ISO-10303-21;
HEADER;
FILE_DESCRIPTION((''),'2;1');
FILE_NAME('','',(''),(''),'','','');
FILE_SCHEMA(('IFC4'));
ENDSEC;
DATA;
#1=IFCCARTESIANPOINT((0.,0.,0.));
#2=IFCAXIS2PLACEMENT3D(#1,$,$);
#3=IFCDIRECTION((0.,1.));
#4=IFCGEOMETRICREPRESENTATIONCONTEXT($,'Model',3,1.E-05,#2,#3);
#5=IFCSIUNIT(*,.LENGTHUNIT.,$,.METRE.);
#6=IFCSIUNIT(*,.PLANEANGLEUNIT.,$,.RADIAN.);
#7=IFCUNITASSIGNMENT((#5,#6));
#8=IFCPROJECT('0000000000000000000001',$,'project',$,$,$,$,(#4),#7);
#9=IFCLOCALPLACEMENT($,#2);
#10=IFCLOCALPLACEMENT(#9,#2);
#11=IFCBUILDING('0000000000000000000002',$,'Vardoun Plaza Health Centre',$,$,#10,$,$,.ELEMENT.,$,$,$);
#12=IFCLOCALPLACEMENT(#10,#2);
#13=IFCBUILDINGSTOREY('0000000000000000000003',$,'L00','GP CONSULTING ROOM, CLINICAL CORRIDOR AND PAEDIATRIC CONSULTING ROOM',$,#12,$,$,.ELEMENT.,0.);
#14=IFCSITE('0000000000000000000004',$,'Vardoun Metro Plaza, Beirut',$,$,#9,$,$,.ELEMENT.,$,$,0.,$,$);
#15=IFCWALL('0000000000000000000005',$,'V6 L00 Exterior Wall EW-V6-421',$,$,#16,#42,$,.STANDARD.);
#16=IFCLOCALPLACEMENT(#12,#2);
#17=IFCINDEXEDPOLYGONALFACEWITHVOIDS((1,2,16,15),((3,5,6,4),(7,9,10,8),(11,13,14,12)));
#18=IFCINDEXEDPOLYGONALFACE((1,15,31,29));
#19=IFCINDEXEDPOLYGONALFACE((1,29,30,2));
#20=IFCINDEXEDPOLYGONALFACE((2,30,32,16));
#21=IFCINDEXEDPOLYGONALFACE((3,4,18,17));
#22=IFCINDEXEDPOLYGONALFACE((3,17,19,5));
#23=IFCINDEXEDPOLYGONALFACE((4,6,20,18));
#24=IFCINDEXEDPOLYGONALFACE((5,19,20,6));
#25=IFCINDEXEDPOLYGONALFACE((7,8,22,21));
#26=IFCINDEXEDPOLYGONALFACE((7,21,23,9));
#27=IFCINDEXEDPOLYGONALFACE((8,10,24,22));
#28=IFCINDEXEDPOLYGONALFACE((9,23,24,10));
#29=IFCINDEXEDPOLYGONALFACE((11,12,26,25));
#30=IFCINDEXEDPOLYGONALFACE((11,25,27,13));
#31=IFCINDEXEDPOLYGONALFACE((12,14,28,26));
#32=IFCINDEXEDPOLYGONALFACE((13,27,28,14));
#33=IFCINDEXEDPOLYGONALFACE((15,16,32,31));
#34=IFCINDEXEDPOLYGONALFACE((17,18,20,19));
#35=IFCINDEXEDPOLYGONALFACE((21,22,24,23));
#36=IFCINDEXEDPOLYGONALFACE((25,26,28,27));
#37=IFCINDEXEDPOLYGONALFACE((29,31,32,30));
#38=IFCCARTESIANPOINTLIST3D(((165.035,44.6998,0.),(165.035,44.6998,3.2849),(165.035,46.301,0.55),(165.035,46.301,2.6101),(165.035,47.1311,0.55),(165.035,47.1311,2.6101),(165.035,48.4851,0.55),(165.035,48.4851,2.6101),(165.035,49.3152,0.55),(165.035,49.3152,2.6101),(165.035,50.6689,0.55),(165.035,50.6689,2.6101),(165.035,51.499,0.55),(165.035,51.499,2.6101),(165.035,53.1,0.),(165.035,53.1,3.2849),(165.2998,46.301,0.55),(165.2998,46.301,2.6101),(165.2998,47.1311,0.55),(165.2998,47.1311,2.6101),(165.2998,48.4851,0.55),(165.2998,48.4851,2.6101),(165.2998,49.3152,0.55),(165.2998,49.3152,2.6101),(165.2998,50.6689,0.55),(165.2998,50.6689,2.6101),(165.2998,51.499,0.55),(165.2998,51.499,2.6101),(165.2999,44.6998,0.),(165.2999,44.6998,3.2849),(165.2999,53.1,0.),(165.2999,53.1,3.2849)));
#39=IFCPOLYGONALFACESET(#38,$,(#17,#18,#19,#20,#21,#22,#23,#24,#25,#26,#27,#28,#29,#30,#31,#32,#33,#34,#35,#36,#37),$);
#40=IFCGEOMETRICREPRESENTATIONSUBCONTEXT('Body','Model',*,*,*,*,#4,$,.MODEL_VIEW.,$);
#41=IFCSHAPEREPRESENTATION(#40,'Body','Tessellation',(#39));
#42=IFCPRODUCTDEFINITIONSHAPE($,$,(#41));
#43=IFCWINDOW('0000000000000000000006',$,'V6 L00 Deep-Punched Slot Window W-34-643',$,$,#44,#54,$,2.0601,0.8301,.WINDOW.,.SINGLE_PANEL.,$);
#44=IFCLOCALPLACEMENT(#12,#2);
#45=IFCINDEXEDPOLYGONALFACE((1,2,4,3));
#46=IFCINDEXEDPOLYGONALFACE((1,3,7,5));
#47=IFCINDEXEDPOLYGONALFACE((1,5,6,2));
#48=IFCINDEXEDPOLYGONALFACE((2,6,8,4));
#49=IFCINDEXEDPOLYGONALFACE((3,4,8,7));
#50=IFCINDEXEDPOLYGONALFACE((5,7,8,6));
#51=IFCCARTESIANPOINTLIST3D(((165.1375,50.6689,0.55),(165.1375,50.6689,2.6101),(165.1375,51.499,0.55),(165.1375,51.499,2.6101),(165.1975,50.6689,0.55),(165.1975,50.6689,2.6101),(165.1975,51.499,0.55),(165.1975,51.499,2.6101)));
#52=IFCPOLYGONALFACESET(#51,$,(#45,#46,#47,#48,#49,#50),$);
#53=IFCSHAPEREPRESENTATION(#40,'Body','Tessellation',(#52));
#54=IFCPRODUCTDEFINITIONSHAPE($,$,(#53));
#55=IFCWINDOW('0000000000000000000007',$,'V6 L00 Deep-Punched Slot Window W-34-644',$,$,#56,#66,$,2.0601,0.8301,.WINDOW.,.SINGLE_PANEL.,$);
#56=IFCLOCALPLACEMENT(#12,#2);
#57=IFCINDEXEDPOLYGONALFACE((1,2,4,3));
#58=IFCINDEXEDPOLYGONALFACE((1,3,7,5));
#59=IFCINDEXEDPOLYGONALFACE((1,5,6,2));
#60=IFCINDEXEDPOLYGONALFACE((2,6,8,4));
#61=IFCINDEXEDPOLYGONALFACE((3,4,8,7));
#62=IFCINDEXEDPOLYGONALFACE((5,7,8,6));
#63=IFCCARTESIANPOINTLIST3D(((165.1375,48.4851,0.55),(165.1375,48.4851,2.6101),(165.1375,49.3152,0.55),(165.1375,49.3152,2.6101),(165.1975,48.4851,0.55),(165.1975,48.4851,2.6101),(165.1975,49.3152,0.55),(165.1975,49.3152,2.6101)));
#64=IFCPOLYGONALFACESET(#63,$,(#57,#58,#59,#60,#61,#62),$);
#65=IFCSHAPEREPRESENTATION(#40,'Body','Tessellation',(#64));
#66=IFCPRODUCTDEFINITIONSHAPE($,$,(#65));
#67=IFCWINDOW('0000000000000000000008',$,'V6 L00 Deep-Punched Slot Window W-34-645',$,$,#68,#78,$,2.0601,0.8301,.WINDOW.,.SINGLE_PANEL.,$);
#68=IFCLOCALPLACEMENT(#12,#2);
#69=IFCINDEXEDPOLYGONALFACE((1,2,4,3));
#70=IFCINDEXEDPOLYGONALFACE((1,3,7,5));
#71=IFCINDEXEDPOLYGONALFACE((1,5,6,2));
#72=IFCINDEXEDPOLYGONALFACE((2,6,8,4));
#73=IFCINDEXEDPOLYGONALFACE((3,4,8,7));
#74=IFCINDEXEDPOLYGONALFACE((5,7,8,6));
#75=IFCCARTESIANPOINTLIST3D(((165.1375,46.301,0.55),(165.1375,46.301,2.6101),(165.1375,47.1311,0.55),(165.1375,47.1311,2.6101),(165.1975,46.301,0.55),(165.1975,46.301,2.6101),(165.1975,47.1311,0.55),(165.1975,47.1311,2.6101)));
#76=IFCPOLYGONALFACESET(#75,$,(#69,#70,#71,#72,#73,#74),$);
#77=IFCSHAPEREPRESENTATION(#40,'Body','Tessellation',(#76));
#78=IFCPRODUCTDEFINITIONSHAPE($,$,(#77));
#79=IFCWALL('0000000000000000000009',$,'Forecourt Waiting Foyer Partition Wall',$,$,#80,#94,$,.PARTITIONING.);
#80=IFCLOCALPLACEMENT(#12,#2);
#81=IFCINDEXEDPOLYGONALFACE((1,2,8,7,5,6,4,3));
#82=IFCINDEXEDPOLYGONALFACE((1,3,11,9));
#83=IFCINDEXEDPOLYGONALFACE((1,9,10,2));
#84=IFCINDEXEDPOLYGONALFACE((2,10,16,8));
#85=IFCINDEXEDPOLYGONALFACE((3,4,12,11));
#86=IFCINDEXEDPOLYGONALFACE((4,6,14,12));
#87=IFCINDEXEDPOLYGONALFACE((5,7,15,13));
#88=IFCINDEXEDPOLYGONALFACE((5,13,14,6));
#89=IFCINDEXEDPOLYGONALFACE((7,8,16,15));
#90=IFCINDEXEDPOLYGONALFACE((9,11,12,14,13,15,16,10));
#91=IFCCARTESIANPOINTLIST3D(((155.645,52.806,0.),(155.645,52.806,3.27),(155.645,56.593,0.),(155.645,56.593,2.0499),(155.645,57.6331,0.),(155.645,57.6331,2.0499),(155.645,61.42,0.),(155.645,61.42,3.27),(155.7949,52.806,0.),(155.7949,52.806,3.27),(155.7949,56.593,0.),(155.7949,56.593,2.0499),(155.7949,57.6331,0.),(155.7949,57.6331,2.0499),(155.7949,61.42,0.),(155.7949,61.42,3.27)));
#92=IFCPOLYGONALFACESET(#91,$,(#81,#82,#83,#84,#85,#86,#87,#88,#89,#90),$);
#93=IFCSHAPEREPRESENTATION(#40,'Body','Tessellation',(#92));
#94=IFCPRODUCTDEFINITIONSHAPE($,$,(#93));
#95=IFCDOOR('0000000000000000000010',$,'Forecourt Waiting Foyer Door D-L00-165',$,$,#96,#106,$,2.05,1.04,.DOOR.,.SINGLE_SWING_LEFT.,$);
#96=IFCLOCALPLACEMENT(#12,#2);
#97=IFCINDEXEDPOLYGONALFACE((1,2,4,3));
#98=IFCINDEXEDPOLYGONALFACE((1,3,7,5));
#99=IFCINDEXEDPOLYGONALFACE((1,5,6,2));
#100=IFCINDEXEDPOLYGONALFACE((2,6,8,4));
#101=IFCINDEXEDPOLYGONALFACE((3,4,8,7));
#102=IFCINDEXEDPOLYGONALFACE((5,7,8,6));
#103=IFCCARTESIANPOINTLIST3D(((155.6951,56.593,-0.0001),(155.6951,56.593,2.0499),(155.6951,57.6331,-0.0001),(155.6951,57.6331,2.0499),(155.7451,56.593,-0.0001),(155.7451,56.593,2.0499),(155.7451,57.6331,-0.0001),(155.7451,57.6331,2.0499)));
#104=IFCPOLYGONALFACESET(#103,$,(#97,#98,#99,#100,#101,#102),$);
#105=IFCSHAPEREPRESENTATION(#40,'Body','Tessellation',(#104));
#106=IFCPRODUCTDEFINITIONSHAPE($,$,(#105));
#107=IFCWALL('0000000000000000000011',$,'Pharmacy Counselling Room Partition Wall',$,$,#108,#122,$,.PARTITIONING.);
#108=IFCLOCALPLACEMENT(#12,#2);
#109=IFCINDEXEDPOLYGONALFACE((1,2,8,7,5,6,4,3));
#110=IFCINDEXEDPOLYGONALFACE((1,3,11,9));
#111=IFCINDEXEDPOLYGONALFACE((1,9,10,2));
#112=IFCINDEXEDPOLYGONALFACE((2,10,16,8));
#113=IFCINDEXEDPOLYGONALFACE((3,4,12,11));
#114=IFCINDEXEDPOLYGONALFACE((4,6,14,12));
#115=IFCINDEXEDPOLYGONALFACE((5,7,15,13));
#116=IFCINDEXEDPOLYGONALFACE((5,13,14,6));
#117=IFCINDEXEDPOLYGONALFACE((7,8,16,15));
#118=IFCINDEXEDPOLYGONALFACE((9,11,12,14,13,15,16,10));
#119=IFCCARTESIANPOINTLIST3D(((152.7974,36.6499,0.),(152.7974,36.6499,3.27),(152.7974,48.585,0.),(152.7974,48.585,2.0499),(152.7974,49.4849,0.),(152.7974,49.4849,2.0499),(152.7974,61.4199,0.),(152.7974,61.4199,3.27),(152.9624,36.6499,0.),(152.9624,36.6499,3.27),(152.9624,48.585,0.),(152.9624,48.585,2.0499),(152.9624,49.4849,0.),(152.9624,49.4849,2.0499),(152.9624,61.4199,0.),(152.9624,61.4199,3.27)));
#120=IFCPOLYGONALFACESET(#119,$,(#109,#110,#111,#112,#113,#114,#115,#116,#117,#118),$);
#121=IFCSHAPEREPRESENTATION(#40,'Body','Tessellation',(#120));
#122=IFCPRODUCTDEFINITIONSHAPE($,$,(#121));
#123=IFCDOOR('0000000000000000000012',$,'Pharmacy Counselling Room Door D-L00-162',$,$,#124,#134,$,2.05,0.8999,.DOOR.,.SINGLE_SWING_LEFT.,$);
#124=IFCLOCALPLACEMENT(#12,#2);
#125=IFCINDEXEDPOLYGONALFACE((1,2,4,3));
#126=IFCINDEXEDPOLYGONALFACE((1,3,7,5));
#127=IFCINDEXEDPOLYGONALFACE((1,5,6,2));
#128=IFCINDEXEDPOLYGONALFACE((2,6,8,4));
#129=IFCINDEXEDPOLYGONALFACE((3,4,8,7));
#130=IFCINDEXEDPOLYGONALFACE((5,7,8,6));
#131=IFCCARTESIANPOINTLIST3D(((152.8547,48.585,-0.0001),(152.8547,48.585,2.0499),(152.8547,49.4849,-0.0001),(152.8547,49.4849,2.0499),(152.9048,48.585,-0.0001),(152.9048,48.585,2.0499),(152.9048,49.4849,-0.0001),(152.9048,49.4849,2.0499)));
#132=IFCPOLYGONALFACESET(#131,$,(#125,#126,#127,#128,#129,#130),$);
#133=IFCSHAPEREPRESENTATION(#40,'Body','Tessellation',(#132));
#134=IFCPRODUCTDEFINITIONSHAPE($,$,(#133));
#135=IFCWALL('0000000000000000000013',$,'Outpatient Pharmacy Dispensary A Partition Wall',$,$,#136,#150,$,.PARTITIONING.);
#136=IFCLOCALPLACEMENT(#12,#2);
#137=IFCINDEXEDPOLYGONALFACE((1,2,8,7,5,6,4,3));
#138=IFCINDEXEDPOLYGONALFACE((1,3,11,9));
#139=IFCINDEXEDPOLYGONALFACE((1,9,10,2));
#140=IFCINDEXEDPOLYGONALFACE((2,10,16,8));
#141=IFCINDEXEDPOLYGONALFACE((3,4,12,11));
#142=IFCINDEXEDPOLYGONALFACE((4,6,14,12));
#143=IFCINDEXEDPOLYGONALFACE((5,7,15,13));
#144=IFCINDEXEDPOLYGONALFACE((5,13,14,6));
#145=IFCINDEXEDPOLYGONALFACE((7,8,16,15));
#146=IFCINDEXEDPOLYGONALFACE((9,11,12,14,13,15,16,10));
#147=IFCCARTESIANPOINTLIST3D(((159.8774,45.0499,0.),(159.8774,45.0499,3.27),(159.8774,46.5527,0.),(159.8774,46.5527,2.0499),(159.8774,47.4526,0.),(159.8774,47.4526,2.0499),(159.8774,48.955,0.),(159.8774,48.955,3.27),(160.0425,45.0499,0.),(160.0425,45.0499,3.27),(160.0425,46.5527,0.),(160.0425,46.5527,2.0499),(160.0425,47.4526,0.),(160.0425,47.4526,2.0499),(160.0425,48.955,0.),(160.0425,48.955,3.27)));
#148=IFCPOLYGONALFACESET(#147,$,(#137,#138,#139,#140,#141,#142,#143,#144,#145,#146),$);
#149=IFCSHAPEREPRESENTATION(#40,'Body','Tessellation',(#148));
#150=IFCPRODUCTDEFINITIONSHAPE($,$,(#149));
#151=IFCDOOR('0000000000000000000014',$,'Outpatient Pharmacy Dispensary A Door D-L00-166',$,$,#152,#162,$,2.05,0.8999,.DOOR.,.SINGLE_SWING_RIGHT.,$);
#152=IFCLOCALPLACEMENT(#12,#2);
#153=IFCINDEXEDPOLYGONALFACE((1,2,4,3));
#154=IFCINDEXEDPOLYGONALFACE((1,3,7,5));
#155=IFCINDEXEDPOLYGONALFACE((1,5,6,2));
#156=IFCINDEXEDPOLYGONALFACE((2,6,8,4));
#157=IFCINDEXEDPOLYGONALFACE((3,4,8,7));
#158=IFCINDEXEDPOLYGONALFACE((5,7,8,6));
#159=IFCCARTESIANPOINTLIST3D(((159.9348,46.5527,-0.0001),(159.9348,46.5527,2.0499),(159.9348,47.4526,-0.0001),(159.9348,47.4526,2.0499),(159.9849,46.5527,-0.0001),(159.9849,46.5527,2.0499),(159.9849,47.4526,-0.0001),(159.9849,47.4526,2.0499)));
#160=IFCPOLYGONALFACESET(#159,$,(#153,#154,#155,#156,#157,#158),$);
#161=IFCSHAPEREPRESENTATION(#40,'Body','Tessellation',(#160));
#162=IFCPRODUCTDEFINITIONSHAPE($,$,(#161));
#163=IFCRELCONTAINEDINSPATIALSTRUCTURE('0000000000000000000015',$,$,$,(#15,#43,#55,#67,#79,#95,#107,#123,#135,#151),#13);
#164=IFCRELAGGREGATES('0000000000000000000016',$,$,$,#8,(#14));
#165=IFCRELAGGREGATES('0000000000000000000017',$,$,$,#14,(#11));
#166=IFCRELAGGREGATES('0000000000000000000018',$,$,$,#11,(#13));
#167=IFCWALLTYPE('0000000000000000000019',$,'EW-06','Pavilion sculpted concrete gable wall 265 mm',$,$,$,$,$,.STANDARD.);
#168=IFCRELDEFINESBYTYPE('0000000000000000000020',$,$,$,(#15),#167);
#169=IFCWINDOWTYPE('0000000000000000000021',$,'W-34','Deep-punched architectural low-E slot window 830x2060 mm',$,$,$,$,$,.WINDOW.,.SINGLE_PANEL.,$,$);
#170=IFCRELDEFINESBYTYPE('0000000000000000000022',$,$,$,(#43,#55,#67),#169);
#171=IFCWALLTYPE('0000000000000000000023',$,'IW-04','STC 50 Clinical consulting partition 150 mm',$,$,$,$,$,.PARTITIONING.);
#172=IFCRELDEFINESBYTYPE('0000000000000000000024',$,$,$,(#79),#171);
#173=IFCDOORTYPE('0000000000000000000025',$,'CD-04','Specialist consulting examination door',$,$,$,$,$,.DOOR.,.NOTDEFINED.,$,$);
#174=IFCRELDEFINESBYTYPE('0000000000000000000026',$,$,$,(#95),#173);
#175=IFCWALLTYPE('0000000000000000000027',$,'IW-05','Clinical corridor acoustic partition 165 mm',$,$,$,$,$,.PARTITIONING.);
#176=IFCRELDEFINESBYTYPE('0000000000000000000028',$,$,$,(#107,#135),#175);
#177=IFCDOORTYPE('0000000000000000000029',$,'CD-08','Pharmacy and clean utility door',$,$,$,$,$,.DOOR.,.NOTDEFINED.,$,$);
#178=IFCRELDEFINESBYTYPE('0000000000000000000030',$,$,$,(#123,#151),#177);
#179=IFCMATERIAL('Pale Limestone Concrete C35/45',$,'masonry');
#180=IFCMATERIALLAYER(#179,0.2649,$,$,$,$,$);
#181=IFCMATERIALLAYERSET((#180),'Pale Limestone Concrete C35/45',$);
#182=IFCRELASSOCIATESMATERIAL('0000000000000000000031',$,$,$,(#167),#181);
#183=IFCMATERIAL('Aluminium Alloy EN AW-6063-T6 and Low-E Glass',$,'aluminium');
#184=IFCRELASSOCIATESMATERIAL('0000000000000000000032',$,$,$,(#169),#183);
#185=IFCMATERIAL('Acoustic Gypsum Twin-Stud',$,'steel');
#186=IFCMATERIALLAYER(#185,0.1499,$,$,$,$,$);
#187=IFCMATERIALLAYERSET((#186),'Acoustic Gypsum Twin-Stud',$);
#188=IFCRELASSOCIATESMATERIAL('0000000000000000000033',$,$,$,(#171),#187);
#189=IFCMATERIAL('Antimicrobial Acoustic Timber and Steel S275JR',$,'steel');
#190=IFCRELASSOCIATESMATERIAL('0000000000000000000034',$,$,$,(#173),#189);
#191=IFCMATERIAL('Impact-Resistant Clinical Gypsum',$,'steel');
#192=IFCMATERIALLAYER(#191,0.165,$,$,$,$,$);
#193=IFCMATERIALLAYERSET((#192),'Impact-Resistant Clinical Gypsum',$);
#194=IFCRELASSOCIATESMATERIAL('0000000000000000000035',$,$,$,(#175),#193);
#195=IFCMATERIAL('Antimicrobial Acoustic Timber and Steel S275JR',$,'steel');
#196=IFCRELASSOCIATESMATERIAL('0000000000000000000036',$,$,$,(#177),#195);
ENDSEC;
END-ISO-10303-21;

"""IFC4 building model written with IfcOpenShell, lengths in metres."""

from ifc_helpers import new_model, si_unit, direction, frame, frame_2d, origin, place, context, subcontext, project, spatial, rectangle, extrude, material, layer, layer_set, type_object, element, fill, save


model = new_model("IFC4")

# Units and contexts
model_context = context("Model", 3, precision=1e-05, world=origin(), true_north=direction((0.0, 1.0)))
body_context = subcontext(model_context, "Body", "Model", "MODEL_VIEW")
ifc_project = project(units=[si_unit("LENGTHUNIT", "METRE"), si_unit("PLANEANGLEUNIT", "RADIAN")], contexts=[model_context])

# Site, building, storey
site_placement = place(None, origin())
site = spatial("IfcSite", under=ifc_project, at=site_placement, Name="Vardoun Metro Plaza, Beirut", CompositionType="ELEMENT", RefElevation=0.0)
building_placement = place(site_placement, origin())
building = spatial("IfcBuilding", under=site, at=building_placement, Name="Vardoun Plaza Health Centre", CompositionType="ELEMENT")
storey_placement = place(building_placement, origin())
storey = spatial("IfcBuildingStorey", under=building, at=storey_placement, Name="L00", Description="GP CONSULTING ROOM, CLINICAL CORRIDOR AND PAEDIATRIC CONSULTING ROOM", CompositionType="ELEMENT", Elevation=0.0)

# Wall, openings, windows
ifc_material_1 = material(Name="Pale Limestone Concrete C35/45", Category="masonry")
ifc_layer_1 = layer(ifc_material_1, 0.2649)
ifc_layer_set_1 = layer_set([ifc_layer_1], Name="Pale Limestone Concrete C35/45")
wall_type_1 = type_object("IfcWallType", Name="EW-06", Description="Pavilion sculpted concrete gable wall 265 mm", PredefinedType="STANDARD", material=ifc_layer_set_1)
wall_1_placement = place(storey_placement, frame((165.1675, 53.1001, 0.0), z_axis=(0.0, 0.0, 1.0), x_axis=(0.0, -1.0, 0.0)))
wall_1 = element("IfcWall", 1, at=wall_1_placement, inside=storey, type_object=wall_type_1, Name="V6 L00 Exterior Wall EW-V6-421", PredefinedType="STANDARD", context=body_context, shape_type="SweptSolid", body=[
    extrude(rectangle(XDim=8.4001, YDim=0.2649, at=frame_2d((4.2002, 0.0))), origin(), (0.0, 0.0, 1.0), 3.2849),
])
opening_1_placement = place(wall_1_placement, frame((1.6011, 0.0, 0.55)))
opening_1 = element("IfcOpeningElement", 2, at=opening_1_placement, cuts=wall_1, PredefinedType="OPENING", context=body_context, shape_type="SweptSolid", body=[
    extrude(rectangle(XDim=0.8301, YDim=2.0601, at=frame_2d((0.415, 1.03))), frame((0.0, 0.1323, 0.0), z_axis=(0.0, -1.0, 0.0), x_axis=(1.0, 0.0, 0.0)), (0.0, 0.0, 1.0), 0.2649),
])
opening_2_placement = place(wall_1_placement, frame((3.7849, 0.0, 0.55)))
opening_2 = element("IfcOpeningElement", 3, at=opening_2_placement, cuts=wall_1, PredefinedType="OPENING", context=body_context, shape_type="SweptSolid", body=[
    extrude(rectangle(XDim=0.8301, YDim=2.0601, at=frame_2d((0.415, 1.03))), frame((0.0, 0.1323, 0.0), z_axis=(0.0, -1.0, 0.0), x_axis=(1.0, 0.0, 0.0)), (0.0, 0.0, 1.0), 0.2649),
])
opening_3_placement = place(wall_1_placement, frame((5.969, 0.0, 0.55)))
opening_3 = element("IfcOpeningElement", 4, at=opening_3_placement, cuts=wall_1, PredefinedType="OPENING", context=body_context, shape_type="SweptSolid", body=[
    extrude(rectangle(XDim=0.8301, YDim=2.0601, at=frame_2d((0.415, 1.03))), frame((0.0, 0.1323, 0.0), z_axis=(0.0, -1.0, 0.0), x_axis=(1.0, 0.0, 0.0)), (0.0, 0.0, 1.0), 0.2649),
])
ifc_material_2 = material(Name="Aluminium Alloy EN AW-6063-T6 and Low-E Glass", Category="aluminium")
window_type = type_object("IfcWindowType", Name="W-34", Description="Deep-punched architectural low-E slot window 830x2060 mm", PartitioningType="SINGLE_PANEL", PredefinedType="WINDOW", material=ifc_material_2)
window_1_placement = place(opening_1_placement, origin())
window_1 = element("IfcWindow", 5, at=window_1_placement, inside=storey, type_object=window_type, Name="V6 L00 Deep-Punched Slot Window W-34-643", OverallHeight=2.0601, OverallWidth=0.8301, PartitioningType="SINGLE_PANEL", PredefinedType="WINDOW", context=body_context, shape_type="SweptSolid", body=[
    extrude(rectangle(XDim=0.8301, YDim=2.0601, at=frame_2d((0.415, 1.03))), frame((0.0, 0.03, 0.0), z_axis=(0.0, -1.0, 0.0), x_axis=(1.0, 0.0, 0.0)), (0.0, 0.0, 1.0), 0.0601),
])
fill(opening_1, window_1)
window_2_placement = place(opening_2_placement, origin())
window_2 = element("IfcWindow", 6, at=window_2_placement, inside=storey, type_object=window_type, Name="V6 L00 Deep-Punched Slot Window W-34-644", OverallHeight=2.0601, OverallWidth=0.8301, PartitioningType="SINGLE_PANEL", PredefinedType="WINDOW", context=body_context, shape_type="SweptSolid", body=[
    extrude(rectangle(XDim=0.8301, YDim=2.0601, at=frame_2d((0.415, 1.03))), frame((0.0, 0.03, 0.0), z_axis=(0.0, -1.0, 0.0), x_axis=(1.0, 0.0, 0.0)), (0.0, 0.0, 1.0), 0.0601),
])
fill(opening_2, window_2)
window_3_placement = place(opening_3_placement, origin())
window_3 = element("IfcWindow", 7, at=window_3_placement, inside=storey, type_object=window_type, Name="V6 L00 Deep-Punched Slot Window W-34-645", OverallHeight=2.0601, OverallWidth=0.8301, PartitioningType="SINGLE_PANEL", PredefinedType="WINDOW", context=body_context, shape_type="SweptSolid", body=[
    extrude(rectangle(XDim=0.8301, YDim=2.0601, at=frame_2d((0.415, 1.03))), frame((0.0, 0.03, 0.0), z_axis=(0.0, -1.0, 0.0), x_axis=(1.0, 0.0, 0.0)), (0.0, 0.0, 1.0), 0.0601),
])
fill(opening_3, window_3)

# Walls, openings, doors
ifc_material_3 = material(Name="Acoustic Gypsum Twin-Stud", Category="steel")
ifc_layer_2 = layer(ifc_material_3, 0.1499)
ifc_layer_set_2 = layer_set([ifc_layer_2], Name="Acoustic Gypsum Twin-Stud")
wall_type_2 = type_object("IfcWallType", Name="IW-04", Description="STC 50 Clinical consulting partition 150 mm", PredefinedType="PARTITIONING", material=ifc_layer_set_2)
wall_2_placement = place(storey_placement, frame((155.72, 52.8059, 0.0), z_axis=(0.0, 0.0, 1.0), x_axis=(0.0, 1.0, 0.0)))
wall_2 = element("IfcWall", 8, at=wall_2_placement, inside=storey, type_object=wall_type_2, Name="Forecourt Waiting Foyer Partition Wall", PredefinedType="PARTITIONING", context=body_context, shape_type="SweptSolid", body=[
    extrude(rectangle(XDim=8.614, YDim=0.1499, at=frame_2d((4.3071, 0.0))), origin(), (0.0, 0.0, 1.0), 3.27),
])
opening_4_placement = place(wall_2_placement, frame((3.7871, 0.0, 0.0)))
opening_4 = element("IfcOpeningElement", 9, at=opening_4_placement, cuts=wall_2, PredefinedType="OPENING", context=body_context, shape_type="SweptSolid", body=[
    extrude(rectangle(XDim=1.04, YDim=2.05, at=frame_2d((0.52, 1.0249))), frame((0.0, 0.075, 0.0), z_axis=(0.0, -1.0, 0.0), x_axis=(1.0, 0.0, 0.0)), (0.0, 0.0, 1.0), 0.1499),
])
ifc_material_4 = material(Name="Antimicrobial Acoustic Timber and Steel S275JR", Category="steel")
door_type_1 = type_object("IfcDoorType", Name="CD-04", Description="Specialist consulting examination door", OperationType="NOTDEFINED", PredefinedType="DOOR", material=ifc_material_4)
door_1_placement = place(opening_4_placement, origin())
door_1 = element("IfcDoor", 10, at=door_1_placement, inside=storey, type_object=door_type_1, Name="Forecourt Waiting Foyer Door D-L00-165", OperationType="SINGLE_SWING_LEFT", OverallHeight=2.05, OverallWidth=1.04, PredefinedType="DOOR", context=body_context, shape_type="SweptSolid", body=[
    extrude(rectangle(XDim=1.04, YDim=2.05, at=frame_2d((0.52, 1.0249))), frame((0.0, 0.0249, 0.0), z_axis=(0.0, -1.0, 0.0), x_axis=(1.0, 0.0, 0.0)), (0.0, 0.0, 1.0), 0.05),
])
fill(opening_4, door_1)
ifc_material_5 = material(Name="Impact-Resistant Clinical Gypsum", Category="steel")
ifc_layer_3 = layer(ifc_material_5, 0.165)
ifc_layer_set_3 = layer_set([ifc_layer_3], Name="Impact-Resistant Clinical Gypsum")
wall_type_3 = type_object("IfcWallType", Name="IW-05", Description="Clinical corridor acoustic partition 165 mm", PredefinedType="PARTITIONING", material=ifc_layer_set_3)
wall_3_placement = place(storey_placement, frame((152.8799, 61.4199, 0.0), z_axis=(0.0, 0.0, 1.0), x_axis=(0.0, -1.0, 0.0)))
wall_3 = element("IfcWall", 11, at=wall_3_placement, inside=storey, type_object=wall_type_3, Name="Pharmacy Counselling Room Partition Wall", PredefinedType="PARTITIONING", context=body_context, shape_type="SweptSolid", body=[
    extrude(rectangle(XDim=24.77, YDim=0.165, at=frame_2d((12.385, 0.0))), origin(), (0.0, 0.0, 1.0), 3.27),
])
opening_5_placement = place(wall_3_placement, frame((11.9351, 0.0, 0.0)))
opening_5 = element("IfcOpeningElement", 12, at=opening_5_placement, cuts=wall_3, PredefinedType="OPENING", context=body_context, shape_type="SweptSolid", body=[
    extrude(rectangle(XDim=0.8999, YDim=2.05, at=frame_2d((0.45, 1.0249))), frame((0.0, 0.0825, 0.0), z_axis=(0.0, -1.0, 0.0), x_axis=(1.0, 0.0, 0.0)), (0.0, 0.0, 1.0), 0.165),
])
ifc_material_6 = material(Name="Antimicrobial Acoustic Timber and Steel S275JR", Category="steel")
door_type_2 = type_object("IfcDoorType", Name="CD-08", Description="Pharmacy and clean utility door", OperationType="NOTDEFINED", PredefinedType="DOOR", material=ifc_material_6)
door_2_placement = place(opening_5_placement, origin())
door_2 = element("IfcDoor", 13, at=door_2_placement, inside=storey, type_object=door_type_2, Name="Pharmacy Counselling Room Door D-L00-162", OperationType="SINGLE_SWING_LEFT", OverallHeight=2.05, OverallWidth=0.8999, PredefinedType="DOOR", context=body_context, shape_type="SweptSolid", body=[
    extrude(rectangle(XDim=0.8999, YDim=2.05, at=frame_2d((0.45, 1.0249))), frame((0.0, 0.0249, 0.0), z_axis=(0.0, -1.0, 0.0), x_axis=(1.0, 0.0, 0.0)), (0.0, 0.0, 1.0), 0.05),
])
fill(opening_5, door_2)
wall_4_placement = place(storey_placement, frame((159.96, 48.9551, 0.0), z_axis=(0.0, 0.0, 1.0), x_axis=(0.0, -1.0, 0.0)))
wall_4 = element("IfcWall", 14, at=wall_4_placement, inside=storey, type_object=wall_type_3, Name="Outpatient Pharmacy Dispensary A Partition Wall", PredefinedType="PARTITIONING", context=body_context, shape_type="SweptSolid", body=[
    extrude(rectangle(XDim=3.905, YDim=0.165, at=frame_2d((1.9526, 0.0))), origin(), (0.0, 0.0, 1.0), 3.27),
])
opening_6_placement = place(wall_4_placement, frame((1.5024, 0.0, 0.0)))
opening_6 = element("IfcOpeningElement", 15, at=opening_6_placement, cuts=wall_4, PredefinedType="OPENING", context=body_context, shape_type="SweptSolid", body=[
    extrude(rectangle(XDim=0.8999, YDim=2.05, at=frame_2d((0.45, 1.0249))), frame((0.0, 0.0825, 0.0), z_axis=(0.0, -1.0, 0.0), x_axis=(1.0, 0.0, 0.0)), (0.0, 0.0, 1.0), 0.165),
])
door_3_placement = place(opening_6_placement, origin())
door_3 = element("IfcDoor", 16, at=door_3_placement, inside=storey, type_object=door_type_2, Name="Outpatient Pharmacy Dispensary A Door D-L00-166", OperationType="SINGLE_SWING_RIGHT", OverallHeight=2.05, OverallWidth=0.8999, PredefinedType="DOOR", context=body_context, shape_type="SweptSolid", body=[
    extrude(rectangle(XDim=0.8999, YDim=2.05, at=frame_2d((0.45, 1.0249))), frame((0.0, 0.0249, 0.0), z_axis=(0.0, -1.0, 0.0), x_axis=(1.0, 0.0, 0.0)), (0.0, 0.0, 1.0), 0.05),
])
fill(opening_6, door_3)

save(model, "model.ifc")
